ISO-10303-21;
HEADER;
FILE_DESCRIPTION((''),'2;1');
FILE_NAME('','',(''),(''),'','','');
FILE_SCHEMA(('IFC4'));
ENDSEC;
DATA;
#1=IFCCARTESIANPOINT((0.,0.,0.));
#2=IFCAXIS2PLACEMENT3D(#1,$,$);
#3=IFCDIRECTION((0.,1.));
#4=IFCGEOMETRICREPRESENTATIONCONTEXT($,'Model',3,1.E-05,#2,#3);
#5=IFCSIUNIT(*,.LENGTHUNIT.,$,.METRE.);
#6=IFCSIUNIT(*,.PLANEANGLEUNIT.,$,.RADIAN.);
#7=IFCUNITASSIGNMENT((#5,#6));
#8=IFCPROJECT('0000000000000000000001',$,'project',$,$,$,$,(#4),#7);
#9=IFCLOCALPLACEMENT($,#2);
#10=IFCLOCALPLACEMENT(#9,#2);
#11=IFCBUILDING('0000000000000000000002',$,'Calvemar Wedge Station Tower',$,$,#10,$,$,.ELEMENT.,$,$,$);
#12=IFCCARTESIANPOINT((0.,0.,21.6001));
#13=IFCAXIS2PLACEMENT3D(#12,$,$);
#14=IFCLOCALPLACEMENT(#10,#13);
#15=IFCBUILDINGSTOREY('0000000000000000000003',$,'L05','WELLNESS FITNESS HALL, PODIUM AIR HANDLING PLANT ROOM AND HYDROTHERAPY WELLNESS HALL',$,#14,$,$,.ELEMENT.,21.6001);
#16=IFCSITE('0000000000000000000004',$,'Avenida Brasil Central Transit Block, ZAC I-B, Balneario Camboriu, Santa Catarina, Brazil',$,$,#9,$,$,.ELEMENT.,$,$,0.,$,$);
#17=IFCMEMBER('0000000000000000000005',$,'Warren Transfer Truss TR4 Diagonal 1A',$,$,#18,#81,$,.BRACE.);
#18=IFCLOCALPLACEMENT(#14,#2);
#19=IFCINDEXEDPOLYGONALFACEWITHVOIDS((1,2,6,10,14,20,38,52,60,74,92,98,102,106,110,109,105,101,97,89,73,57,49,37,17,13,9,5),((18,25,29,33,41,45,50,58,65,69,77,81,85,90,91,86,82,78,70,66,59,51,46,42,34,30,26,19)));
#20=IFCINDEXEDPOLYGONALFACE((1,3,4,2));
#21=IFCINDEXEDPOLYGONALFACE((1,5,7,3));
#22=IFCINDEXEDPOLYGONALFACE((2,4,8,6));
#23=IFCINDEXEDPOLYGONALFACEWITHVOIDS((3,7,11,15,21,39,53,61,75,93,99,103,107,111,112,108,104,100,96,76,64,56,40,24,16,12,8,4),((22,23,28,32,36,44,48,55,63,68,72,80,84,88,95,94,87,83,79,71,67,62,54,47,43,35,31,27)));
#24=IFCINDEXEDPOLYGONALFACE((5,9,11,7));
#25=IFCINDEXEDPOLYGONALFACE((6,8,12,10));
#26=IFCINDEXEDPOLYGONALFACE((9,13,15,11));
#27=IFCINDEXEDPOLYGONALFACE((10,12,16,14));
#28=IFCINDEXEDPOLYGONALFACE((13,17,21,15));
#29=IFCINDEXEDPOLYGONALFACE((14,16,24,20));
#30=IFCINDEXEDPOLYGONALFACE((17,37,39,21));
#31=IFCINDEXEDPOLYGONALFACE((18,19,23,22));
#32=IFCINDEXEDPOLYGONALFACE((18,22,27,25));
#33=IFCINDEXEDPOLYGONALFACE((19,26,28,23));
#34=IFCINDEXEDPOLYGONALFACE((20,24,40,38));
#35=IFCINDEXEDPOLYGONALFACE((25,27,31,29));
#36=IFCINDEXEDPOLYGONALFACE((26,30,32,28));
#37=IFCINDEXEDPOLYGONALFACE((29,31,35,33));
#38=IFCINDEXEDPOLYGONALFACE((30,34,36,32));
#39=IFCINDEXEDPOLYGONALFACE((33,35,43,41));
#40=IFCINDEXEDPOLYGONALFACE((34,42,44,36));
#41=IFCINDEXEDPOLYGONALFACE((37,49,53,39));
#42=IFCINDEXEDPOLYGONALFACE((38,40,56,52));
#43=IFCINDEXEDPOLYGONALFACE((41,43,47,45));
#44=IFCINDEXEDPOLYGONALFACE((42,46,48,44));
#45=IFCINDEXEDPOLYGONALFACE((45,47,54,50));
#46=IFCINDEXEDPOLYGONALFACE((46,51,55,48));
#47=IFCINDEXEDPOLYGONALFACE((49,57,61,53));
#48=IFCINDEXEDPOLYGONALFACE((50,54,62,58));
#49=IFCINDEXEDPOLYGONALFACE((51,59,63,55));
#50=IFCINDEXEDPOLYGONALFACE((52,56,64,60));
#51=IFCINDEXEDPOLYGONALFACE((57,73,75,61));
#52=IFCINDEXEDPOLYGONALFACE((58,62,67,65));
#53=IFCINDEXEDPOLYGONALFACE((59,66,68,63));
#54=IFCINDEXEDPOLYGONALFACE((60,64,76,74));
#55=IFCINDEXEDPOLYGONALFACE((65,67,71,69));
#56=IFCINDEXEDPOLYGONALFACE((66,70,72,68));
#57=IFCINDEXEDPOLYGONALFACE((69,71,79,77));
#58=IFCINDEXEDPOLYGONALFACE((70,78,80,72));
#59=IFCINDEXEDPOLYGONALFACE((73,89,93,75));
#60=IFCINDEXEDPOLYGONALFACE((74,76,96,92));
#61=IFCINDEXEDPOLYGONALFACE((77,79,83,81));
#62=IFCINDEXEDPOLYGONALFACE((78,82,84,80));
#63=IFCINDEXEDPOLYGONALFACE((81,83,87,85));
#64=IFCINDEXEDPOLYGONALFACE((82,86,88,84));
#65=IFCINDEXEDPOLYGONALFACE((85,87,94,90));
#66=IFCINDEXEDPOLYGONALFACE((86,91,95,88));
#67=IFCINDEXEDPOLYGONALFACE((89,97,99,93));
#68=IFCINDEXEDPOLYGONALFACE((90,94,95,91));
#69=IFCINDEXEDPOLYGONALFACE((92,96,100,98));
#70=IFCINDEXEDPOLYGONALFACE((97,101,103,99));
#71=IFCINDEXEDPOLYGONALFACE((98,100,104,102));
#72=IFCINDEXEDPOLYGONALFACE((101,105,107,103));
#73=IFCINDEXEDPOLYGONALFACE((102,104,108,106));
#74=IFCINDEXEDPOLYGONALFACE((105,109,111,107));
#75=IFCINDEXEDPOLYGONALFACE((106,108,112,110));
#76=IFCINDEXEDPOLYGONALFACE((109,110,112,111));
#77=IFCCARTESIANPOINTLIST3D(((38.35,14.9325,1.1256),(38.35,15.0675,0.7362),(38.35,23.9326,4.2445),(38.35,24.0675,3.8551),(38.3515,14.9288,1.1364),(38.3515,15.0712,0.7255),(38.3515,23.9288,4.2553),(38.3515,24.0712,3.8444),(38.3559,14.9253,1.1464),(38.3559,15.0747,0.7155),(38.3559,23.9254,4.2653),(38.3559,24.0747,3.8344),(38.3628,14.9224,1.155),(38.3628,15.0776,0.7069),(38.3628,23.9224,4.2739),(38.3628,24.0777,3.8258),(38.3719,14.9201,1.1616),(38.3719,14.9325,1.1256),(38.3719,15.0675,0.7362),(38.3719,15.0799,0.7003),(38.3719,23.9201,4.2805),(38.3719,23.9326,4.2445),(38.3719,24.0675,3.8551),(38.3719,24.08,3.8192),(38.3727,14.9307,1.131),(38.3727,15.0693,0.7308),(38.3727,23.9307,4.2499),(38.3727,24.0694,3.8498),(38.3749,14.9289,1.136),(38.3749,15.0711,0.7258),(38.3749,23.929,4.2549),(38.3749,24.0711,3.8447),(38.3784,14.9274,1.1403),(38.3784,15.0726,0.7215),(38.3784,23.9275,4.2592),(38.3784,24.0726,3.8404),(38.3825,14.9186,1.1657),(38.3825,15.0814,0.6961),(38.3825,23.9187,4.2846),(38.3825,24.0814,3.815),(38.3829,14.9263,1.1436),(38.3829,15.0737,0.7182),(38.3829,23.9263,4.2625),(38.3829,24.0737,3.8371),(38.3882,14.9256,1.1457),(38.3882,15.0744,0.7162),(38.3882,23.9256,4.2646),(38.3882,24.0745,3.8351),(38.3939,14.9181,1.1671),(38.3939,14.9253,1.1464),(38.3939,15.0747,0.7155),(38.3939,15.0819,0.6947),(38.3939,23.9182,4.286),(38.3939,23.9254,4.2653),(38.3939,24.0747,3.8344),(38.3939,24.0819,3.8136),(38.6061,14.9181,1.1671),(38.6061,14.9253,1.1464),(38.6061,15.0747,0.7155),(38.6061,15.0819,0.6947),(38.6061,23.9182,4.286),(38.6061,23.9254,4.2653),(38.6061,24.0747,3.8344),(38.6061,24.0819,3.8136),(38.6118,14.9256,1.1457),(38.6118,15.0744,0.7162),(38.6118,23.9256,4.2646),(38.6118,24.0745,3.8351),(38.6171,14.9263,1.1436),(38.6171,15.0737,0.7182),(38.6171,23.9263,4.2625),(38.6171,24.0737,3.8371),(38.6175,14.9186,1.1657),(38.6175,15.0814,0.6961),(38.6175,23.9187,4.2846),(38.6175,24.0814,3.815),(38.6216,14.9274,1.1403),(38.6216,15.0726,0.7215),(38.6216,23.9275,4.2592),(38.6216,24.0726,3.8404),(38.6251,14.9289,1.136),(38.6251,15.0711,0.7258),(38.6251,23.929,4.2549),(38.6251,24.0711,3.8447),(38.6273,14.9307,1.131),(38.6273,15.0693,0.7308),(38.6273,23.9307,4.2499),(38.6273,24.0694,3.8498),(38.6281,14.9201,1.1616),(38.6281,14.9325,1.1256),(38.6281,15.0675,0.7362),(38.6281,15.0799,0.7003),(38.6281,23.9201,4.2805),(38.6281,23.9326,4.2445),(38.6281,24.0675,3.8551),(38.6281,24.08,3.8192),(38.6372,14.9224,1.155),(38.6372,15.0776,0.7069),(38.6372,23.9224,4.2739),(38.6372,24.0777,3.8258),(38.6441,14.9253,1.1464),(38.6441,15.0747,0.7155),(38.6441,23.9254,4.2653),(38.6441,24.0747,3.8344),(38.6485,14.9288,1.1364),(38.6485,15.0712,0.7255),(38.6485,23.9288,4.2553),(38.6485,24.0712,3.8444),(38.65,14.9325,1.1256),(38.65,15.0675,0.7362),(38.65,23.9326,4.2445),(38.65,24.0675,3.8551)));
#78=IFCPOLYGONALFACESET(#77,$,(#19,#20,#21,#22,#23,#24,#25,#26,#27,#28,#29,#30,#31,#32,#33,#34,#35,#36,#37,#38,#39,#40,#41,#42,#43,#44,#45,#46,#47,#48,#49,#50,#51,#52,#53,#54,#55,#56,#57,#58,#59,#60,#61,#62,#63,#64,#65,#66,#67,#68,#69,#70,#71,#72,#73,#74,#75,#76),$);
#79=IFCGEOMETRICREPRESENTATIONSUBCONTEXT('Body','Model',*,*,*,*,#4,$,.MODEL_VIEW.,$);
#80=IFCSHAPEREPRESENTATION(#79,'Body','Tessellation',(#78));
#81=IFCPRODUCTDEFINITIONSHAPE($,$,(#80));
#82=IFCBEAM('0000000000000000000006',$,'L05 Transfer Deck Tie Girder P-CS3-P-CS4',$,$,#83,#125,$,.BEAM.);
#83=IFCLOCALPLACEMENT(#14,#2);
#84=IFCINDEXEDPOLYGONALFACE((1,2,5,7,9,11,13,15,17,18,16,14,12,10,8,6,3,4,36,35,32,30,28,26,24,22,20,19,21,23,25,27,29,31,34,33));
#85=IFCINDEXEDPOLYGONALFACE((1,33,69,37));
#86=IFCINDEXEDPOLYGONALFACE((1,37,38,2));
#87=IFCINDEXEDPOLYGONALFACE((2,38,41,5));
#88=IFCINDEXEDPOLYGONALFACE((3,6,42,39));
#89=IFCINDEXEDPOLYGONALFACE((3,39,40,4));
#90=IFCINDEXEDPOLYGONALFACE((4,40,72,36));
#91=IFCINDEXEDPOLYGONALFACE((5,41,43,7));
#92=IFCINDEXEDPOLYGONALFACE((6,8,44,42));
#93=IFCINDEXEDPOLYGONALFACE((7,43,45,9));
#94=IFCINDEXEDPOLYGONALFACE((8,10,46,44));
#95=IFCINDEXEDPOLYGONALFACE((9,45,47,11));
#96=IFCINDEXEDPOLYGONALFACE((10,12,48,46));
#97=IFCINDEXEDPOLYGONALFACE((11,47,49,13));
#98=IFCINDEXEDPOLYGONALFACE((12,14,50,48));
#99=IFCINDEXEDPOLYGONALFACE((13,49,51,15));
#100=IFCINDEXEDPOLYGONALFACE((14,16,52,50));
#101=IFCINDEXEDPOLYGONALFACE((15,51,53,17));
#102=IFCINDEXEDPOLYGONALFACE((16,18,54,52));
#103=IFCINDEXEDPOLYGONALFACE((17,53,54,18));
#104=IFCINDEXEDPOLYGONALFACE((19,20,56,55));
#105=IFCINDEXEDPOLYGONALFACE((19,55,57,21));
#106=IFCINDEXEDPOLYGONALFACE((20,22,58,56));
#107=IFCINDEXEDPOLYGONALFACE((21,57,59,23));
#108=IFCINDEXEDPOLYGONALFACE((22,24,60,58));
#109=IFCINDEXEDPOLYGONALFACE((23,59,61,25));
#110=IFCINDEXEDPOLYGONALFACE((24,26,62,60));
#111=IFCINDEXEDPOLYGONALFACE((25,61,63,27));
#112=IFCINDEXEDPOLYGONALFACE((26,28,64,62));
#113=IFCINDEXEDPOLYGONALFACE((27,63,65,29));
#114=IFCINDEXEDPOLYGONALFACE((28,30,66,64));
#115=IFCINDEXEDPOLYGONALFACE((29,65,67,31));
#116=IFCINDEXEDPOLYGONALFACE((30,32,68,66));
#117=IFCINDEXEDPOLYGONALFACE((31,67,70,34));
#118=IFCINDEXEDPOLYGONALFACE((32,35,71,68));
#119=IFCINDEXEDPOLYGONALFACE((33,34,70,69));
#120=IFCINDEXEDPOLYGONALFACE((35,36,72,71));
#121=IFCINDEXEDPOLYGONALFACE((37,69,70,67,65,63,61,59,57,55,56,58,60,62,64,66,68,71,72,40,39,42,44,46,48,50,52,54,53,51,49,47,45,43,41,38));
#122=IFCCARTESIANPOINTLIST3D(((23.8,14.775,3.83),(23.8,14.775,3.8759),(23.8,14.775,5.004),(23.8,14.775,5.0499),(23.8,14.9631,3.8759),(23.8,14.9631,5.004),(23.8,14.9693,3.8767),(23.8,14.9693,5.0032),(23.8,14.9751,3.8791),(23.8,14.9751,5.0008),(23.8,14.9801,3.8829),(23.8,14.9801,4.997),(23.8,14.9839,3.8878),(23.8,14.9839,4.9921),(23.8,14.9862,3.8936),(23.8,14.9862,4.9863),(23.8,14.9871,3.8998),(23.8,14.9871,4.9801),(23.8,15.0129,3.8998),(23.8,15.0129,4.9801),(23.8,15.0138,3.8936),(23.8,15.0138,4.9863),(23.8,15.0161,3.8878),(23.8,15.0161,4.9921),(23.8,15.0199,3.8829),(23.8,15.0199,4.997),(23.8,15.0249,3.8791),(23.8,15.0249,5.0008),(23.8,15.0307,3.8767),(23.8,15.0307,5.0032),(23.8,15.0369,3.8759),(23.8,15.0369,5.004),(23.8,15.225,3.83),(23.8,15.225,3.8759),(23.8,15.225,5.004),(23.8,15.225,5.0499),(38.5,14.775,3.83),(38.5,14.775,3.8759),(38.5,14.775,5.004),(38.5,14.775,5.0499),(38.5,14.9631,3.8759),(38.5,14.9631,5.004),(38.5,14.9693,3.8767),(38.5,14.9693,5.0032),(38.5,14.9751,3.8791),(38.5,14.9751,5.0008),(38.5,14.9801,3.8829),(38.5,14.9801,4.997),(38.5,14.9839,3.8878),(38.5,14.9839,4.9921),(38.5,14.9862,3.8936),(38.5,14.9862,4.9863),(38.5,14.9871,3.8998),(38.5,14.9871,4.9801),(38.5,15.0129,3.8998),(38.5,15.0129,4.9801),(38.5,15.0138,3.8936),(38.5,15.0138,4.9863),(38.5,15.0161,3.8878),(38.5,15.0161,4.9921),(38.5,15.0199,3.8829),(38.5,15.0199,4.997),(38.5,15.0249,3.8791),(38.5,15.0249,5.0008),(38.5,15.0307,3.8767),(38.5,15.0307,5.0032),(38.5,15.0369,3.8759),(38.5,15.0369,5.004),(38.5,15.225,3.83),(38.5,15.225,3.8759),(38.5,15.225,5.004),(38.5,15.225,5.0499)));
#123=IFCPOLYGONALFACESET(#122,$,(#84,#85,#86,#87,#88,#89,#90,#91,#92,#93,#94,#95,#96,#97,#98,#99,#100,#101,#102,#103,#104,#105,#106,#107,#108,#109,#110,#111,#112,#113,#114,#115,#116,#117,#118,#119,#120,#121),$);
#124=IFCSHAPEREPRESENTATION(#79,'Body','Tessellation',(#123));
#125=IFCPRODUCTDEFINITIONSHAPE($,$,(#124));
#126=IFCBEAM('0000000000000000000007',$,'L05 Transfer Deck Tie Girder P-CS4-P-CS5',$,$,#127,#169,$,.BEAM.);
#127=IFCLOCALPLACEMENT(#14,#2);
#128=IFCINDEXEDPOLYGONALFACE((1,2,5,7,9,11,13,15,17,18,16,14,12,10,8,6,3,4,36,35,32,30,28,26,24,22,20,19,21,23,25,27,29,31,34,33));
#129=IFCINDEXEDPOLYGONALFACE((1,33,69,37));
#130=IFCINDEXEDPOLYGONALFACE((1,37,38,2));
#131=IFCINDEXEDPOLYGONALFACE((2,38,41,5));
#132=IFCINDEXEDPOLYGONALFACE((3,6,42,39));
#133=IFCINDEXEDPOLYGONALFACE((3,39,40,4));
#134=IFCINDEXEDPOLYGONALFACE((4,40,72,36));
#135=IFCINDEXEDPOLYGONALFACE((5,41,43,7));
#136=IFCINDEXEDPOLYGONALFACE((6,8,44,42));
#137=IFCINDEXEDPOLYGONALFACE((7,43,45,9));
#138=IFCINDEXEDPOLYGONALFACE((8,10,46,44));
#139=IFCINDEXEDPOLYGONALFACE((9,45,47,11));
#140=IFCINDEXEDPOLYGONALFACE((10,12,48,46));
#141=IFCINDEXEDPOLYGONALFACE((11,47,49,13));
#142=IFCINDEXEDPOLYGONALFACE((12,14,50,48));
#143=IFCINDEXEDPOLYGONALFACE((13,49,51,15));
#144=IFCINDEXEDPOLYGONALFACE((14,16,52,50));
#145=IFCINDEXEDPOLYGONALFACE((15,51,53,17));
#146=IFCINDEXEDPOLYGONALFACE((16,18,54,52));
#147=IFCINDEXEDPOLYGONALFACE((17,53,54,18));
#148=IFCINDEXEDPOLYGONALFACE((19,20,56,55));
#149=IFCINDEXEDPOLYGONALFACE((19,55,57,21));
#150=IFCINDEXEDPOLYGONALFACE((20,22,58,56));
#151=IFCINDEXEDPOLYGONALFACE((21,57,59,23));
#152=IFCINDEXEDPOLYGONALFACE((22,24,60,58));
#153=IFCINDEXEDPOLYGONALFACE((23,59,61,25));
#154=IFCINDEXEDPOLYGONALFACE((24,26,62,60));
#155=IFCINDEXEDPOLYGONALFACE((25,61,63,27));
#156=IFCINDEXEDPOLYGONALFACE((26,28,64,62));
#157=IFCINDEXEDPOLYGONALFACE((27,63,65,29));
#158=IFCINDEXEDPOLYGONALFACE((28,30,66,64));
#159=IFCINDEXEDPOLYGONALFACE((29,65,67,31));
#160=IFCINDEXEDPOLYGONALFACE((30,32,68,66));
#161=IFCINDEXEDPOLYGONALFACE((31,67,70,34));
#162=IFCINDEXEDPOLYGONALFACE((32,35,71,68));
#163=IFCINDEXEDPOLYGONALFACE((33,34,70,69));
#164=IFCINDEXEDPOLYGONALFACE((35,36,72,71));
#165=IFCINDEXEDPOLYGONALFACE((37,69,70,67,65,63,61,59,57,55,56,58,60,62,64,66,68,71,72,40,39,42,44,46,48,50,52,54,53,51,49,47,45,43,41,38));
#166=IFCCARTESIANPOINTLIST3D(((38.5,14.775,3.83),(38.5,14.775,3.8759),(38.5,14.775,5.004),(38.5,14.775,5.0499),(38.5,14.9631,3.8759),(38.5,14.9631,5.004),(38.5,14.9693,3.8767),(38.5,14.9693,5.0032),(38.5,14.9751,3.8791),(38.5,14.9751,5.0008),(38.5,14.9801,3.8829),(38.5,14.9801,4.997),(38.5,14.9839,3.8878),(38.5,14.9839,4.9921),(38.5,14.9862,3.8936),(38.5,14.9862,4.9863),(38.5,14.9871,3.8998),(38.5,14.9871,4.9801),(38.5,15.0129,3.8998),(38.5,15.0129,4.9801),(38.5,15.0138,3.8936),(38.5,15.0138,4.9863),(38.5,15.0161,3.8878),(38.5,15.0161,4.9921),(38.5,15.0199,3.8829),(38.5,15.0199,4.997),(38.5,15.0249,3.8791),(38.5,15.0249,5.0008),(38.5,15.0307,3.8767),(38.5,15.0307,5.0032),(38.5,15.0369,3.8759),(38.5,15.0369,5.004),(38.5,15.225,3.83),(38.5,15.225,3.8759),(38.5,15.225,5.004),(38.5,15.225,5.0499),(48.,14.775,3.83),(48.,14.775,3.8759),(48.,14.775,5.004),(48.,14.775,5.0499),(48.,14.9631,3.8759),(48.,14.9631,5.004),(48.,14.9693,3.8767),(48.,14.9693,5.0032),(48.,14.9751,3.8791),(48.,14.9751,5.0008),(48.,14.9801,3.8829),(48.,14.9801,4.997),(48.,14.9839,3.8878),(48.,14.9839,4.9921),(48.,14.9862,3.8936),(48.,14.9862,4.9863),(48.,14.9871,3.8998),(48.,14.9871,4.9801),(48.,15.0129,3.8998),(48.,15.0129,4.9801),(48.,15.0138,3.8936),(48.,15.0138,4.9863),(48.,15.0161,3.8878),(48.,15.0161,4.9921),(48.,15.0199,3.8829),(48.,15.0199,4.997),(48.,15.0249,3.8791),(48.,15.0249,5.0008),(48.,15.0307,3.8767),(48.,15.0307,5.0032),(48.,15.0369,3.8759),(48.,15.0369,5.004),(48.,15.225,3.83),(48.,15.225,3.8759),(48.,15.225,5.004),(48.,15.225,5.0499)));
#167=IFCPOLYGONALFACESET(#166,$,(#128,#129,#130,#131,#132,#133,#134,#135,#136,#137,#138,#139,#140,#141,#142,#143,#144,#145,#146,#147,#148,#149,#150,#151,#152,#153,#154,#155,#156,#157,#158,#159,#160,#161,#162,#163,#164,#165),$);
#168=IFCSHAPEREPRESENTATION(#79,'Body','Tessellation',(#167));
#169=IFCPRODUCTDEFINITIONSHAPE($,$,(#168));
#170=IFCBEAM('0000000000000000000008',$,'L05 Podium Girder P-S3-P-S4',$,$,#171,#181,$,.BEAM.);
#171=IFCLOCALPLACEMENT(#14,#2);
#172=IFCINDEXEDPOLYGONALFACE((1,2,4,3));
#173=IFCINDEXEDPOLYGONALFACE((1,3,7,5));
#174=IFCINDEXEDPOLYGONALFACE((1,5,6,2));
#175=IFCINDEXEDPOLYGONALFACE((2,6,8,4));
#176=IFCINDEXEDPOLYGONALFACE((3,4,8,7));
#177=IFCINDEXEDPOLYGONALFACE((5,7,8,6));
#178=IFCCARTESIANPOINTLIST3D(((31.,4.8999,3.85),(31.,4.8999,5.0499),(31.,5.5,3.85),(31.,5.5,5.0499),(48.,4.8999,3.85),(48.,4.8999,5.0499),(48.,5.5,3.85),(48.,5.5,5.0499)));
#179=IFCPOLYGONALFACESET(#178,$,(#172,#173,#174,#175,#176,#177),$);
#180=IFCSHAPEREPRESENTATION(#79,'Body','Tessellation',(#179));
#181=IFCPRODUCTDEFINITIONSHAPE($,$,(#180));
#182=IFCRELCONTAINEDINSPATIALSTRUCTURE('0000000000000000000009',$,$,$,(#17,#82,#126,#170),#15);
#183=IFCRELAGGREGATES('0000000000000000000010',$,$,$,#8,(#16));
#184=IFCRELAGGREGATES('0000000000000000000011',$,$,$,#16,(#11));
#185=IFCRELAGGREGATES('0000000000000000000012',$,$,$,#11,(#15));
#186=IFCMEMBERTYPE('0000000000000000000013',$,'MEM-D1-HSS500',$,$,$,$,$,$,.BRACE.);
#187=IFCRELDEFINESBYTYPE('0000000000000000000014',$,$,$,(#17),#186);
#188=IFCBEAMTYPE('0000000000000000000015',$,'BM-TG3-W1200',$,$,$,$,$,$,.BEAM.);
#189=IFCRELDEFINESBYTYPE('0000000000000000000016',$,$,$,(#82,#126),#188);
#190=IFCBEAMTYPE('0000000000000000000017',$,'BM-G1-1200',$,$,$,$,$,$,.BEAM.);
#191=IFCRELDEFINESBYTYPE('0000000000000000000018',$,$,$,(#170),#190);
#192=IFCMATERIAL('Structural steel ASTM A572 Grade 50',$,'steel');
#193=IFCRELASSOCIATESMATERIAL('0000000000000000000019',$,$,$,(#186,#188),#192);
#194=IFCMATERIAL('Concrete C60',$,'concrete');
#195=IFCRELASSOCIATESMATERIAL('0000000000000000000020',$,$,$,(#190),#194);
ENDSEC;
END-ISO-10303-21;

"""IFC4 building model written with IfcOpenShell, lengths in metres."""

from ifc_helpers import new_model, si_unit, direction, frame, origin, origin_2d, place, context, subcontext, project, spatial, rectangle, hollow_rectangle, i_section, extrude, source, transform, mapped, material, material_profile, profile_set, type_object, element, save


model = new_model("IFC4")

# Units and contexts
model_context = context("Model", 3, precision=1e-05, world=origin(), true_north=direction((0.0, 1.0)))
body_context = subcontext(model_context, "Body", "Model", "MODEL_VIEW")
ifc_project = project(units=[si_unit("LENGTHUNIT", "METRE"), si_unit("PLANEANGLEUNIT", "RADIAN")], contexts=[model_context])

# Site, building, storey
site_placement = place(None, origin())
site = spatial("IfcSite", under=ifc_project, at=site_placement, Name="Avenida Brasil Central Transit Block, ZAC I-B, Balneario Camboriu, Santa Catarina, Brazil", CompositionType="ELEMENT", RefElevation=0.0)
building_placement = place(site_placement, origin())
building = spatial("IfcBuilding", under=site, at=building_placement, Name="Calvemar Wedge Station Tower", CompositionType="ELEMENT")
storey_placement = place(building_placement, frame((0.0, 0.0, 21.6001)))
storey = spatial("IfcBuildingStorey", under=building, at=storey_placement, Name="L05", Description="WELLNESS FITNESS HALL, PODIUM AIR HANDLING PLANT ROOM AND HYDROTHERAPY WELLNESS HALL", CompositionType="ELEMENT", Elevation=21.6001)

# Shared definitions
ifc_material_1 = material(Name="Structural steel ASTM A572 Grade 50", Category="steel")

# Member
ifc_material_profile_1 = material_profile(ifc_material_1, hollow_rectangle(XDim=0.3, YDim=0.5, WallThickness=0.022, InnerFilletRadius=0.022, OuterFilletRadius=0.0439, at=origin_2d()), Name="HSS500x300x22")
ifc_profile_set_1 = profile_set([ifc_material_profile_1], Name="Structural steel ASTM A572 Grade 50")
member_type = type_object("IfcMemberType", Name="MEM-D1-HSS500", PredefinedType="BRACE", material=ifc_profile_set_1)
shared_shape_1 = source(origin(), body_context, "Body", "SweptSolid", [
    extrude(hollow_rectangle(XDim=0.3, YDim=0.5, WallThickness=0.022, InnerFilletRadius=0.022, OuterFilletRadius=0.0439, at=origin_2d()), origin(), (0.0, 0.0, 1.0), 9.5251),
])
member_placement = place(storey_placement, frame((38.5, 15.0, 0.9309), z_axis=(0.0, 0.944872, 0.32744), x_axis=(-1.0, 0.0, 0.0)))
element("IfcMember", 1, at=member_placement, inside=storey, type_object=member_type, Name="Warren Transfer Truss TR4 Diagonal 1A", PredefinedType="BRACE", context=body_context, shape_type="MappedRepresentation", body=[
    mapped(shared_shape_1, transform((0.0, 0.0, 0.0), scale=1.0)),
])

# Beams
ifc_material_profile_2 = material_profile(ifc_material_1, i_section(OverallWidth=0.45, OverallDepth=1.22, WebThickness=0.0259, FlangeThickness=0.0459, FilletRadius=0.0239, at=origin_2d()), Name="W1200x540")
ifc_profile_set_2 = profile_set([ifc_material_profile_2], Name="Structural steel ASTM A572 Grade 50")
beam_type_1 = type_object("IfcBeamType", Name="BM-TG3-W1200", PredefinedType="BEAM", material=ifc_profile_set_2)
shared_shape_2 = source(origin(), body_context, "Body", "SweptSolid", [
    extrude(i_section(OverallWidth=0.45, OverallDepth=1.22, WebThickness=0.0259, FlangeThickness=0.0459, FilletRadius=0.0239, at=origin_2d()), origin(), (0.0, 0.0, 1.0), 14.7),
])
beam_1_placement = place(storey_placement, frame((23.8, 15.0, 4.4399), z_axis=(1.0, 0.0, 0.0), x_axis=(0.0, 1.0, 0.0)))
element("IfcBeam", 2, at=beam_1_placement, inside=storey, type_object=beam_type_1, Name="L05 Transfer Deck Tie Girder P-CS3-P-CS4", PredefinedType="BEAM", context=body_context, shape_type="MappedRepresentation", body=[
    mapped(shared_shape_2, transform((0.0, 0.0, 0.0), scale=1.0)),
])
shared_shape_3 = source(origin(), body_context, "Body", "SweptSolid", [
    extrude(i_section(OverallWidth=0.45, OverallDepth=1.22, WebThickness=0.0259, FlangeThickness=0.0459, FilletRadius=0.0239, at=origin_2d()), origin(), (0.0, 0.0, 1.0), 9.5),
])
beam_2_placement = place(storey_placement, frame((38.5, 15.0, 4.4399), z_axis=(1.0, 0.0, 0.0), x_axis=(0.0, 1.0, 0.0)))
element("IfcBeam", 3, at=beam_2_placement, inside=storey, type_object=beam_type_1, Name="L05 Transfer Deck Tie Girder P-CS4-P-CS5", PredefinedType="BEAM", context=body_context, shape_type="MappedRepresentation", body=[
    mapped(shared_shape_3, transform((0.0, 0.0, 0.0), scale=1.0)),
])
ifc_material_2 = material(Name="Concrete C60", Category="concrete")
ifc_material_profile_3 = material_profile(ifc_material_2, rectangle(XDim=0.6001, YDim=1.2, at=origin_2d()), Name="RC600x1200")
ifc_profile_set_3 = profile_set([ifc_material_profile_3], Name="Concrete C60")
beam_type_2 = type_object("IfcBeamType", Name="BM-G1-1200", PredefinedType="BEAM", material=ifc_profile_set_3)
shared_shape_4 = source(origin(), body_context, "Body", "SweptSolid", [
    extrude(rectangle(XDim=0.6001, YDim=1.2, at=origin_2d()), origin(), (0.0, 0.0, 1.0), 17.0),
])
beam_3_placement = place(storey_placement, frame((31.0, 5.2, 4.45), z_axis=(1.0, 0.0, 0.0), x_axis=(0.0, 1.0, 0.0)))
element("IfcBeam", 4, at=beam_3_placement, inside=storey, type_object=beam_type_2, Name="L05 Podium Girder P-S3-P-S4", PredefinedType="BEAM", context=body_context, shape_type="MappedRepresentation", body=[
    mapped(shared_shape_4, transform((0.0, 0.0, 0.0), scale=1.0)),
])

save(model, "model.ifc")
